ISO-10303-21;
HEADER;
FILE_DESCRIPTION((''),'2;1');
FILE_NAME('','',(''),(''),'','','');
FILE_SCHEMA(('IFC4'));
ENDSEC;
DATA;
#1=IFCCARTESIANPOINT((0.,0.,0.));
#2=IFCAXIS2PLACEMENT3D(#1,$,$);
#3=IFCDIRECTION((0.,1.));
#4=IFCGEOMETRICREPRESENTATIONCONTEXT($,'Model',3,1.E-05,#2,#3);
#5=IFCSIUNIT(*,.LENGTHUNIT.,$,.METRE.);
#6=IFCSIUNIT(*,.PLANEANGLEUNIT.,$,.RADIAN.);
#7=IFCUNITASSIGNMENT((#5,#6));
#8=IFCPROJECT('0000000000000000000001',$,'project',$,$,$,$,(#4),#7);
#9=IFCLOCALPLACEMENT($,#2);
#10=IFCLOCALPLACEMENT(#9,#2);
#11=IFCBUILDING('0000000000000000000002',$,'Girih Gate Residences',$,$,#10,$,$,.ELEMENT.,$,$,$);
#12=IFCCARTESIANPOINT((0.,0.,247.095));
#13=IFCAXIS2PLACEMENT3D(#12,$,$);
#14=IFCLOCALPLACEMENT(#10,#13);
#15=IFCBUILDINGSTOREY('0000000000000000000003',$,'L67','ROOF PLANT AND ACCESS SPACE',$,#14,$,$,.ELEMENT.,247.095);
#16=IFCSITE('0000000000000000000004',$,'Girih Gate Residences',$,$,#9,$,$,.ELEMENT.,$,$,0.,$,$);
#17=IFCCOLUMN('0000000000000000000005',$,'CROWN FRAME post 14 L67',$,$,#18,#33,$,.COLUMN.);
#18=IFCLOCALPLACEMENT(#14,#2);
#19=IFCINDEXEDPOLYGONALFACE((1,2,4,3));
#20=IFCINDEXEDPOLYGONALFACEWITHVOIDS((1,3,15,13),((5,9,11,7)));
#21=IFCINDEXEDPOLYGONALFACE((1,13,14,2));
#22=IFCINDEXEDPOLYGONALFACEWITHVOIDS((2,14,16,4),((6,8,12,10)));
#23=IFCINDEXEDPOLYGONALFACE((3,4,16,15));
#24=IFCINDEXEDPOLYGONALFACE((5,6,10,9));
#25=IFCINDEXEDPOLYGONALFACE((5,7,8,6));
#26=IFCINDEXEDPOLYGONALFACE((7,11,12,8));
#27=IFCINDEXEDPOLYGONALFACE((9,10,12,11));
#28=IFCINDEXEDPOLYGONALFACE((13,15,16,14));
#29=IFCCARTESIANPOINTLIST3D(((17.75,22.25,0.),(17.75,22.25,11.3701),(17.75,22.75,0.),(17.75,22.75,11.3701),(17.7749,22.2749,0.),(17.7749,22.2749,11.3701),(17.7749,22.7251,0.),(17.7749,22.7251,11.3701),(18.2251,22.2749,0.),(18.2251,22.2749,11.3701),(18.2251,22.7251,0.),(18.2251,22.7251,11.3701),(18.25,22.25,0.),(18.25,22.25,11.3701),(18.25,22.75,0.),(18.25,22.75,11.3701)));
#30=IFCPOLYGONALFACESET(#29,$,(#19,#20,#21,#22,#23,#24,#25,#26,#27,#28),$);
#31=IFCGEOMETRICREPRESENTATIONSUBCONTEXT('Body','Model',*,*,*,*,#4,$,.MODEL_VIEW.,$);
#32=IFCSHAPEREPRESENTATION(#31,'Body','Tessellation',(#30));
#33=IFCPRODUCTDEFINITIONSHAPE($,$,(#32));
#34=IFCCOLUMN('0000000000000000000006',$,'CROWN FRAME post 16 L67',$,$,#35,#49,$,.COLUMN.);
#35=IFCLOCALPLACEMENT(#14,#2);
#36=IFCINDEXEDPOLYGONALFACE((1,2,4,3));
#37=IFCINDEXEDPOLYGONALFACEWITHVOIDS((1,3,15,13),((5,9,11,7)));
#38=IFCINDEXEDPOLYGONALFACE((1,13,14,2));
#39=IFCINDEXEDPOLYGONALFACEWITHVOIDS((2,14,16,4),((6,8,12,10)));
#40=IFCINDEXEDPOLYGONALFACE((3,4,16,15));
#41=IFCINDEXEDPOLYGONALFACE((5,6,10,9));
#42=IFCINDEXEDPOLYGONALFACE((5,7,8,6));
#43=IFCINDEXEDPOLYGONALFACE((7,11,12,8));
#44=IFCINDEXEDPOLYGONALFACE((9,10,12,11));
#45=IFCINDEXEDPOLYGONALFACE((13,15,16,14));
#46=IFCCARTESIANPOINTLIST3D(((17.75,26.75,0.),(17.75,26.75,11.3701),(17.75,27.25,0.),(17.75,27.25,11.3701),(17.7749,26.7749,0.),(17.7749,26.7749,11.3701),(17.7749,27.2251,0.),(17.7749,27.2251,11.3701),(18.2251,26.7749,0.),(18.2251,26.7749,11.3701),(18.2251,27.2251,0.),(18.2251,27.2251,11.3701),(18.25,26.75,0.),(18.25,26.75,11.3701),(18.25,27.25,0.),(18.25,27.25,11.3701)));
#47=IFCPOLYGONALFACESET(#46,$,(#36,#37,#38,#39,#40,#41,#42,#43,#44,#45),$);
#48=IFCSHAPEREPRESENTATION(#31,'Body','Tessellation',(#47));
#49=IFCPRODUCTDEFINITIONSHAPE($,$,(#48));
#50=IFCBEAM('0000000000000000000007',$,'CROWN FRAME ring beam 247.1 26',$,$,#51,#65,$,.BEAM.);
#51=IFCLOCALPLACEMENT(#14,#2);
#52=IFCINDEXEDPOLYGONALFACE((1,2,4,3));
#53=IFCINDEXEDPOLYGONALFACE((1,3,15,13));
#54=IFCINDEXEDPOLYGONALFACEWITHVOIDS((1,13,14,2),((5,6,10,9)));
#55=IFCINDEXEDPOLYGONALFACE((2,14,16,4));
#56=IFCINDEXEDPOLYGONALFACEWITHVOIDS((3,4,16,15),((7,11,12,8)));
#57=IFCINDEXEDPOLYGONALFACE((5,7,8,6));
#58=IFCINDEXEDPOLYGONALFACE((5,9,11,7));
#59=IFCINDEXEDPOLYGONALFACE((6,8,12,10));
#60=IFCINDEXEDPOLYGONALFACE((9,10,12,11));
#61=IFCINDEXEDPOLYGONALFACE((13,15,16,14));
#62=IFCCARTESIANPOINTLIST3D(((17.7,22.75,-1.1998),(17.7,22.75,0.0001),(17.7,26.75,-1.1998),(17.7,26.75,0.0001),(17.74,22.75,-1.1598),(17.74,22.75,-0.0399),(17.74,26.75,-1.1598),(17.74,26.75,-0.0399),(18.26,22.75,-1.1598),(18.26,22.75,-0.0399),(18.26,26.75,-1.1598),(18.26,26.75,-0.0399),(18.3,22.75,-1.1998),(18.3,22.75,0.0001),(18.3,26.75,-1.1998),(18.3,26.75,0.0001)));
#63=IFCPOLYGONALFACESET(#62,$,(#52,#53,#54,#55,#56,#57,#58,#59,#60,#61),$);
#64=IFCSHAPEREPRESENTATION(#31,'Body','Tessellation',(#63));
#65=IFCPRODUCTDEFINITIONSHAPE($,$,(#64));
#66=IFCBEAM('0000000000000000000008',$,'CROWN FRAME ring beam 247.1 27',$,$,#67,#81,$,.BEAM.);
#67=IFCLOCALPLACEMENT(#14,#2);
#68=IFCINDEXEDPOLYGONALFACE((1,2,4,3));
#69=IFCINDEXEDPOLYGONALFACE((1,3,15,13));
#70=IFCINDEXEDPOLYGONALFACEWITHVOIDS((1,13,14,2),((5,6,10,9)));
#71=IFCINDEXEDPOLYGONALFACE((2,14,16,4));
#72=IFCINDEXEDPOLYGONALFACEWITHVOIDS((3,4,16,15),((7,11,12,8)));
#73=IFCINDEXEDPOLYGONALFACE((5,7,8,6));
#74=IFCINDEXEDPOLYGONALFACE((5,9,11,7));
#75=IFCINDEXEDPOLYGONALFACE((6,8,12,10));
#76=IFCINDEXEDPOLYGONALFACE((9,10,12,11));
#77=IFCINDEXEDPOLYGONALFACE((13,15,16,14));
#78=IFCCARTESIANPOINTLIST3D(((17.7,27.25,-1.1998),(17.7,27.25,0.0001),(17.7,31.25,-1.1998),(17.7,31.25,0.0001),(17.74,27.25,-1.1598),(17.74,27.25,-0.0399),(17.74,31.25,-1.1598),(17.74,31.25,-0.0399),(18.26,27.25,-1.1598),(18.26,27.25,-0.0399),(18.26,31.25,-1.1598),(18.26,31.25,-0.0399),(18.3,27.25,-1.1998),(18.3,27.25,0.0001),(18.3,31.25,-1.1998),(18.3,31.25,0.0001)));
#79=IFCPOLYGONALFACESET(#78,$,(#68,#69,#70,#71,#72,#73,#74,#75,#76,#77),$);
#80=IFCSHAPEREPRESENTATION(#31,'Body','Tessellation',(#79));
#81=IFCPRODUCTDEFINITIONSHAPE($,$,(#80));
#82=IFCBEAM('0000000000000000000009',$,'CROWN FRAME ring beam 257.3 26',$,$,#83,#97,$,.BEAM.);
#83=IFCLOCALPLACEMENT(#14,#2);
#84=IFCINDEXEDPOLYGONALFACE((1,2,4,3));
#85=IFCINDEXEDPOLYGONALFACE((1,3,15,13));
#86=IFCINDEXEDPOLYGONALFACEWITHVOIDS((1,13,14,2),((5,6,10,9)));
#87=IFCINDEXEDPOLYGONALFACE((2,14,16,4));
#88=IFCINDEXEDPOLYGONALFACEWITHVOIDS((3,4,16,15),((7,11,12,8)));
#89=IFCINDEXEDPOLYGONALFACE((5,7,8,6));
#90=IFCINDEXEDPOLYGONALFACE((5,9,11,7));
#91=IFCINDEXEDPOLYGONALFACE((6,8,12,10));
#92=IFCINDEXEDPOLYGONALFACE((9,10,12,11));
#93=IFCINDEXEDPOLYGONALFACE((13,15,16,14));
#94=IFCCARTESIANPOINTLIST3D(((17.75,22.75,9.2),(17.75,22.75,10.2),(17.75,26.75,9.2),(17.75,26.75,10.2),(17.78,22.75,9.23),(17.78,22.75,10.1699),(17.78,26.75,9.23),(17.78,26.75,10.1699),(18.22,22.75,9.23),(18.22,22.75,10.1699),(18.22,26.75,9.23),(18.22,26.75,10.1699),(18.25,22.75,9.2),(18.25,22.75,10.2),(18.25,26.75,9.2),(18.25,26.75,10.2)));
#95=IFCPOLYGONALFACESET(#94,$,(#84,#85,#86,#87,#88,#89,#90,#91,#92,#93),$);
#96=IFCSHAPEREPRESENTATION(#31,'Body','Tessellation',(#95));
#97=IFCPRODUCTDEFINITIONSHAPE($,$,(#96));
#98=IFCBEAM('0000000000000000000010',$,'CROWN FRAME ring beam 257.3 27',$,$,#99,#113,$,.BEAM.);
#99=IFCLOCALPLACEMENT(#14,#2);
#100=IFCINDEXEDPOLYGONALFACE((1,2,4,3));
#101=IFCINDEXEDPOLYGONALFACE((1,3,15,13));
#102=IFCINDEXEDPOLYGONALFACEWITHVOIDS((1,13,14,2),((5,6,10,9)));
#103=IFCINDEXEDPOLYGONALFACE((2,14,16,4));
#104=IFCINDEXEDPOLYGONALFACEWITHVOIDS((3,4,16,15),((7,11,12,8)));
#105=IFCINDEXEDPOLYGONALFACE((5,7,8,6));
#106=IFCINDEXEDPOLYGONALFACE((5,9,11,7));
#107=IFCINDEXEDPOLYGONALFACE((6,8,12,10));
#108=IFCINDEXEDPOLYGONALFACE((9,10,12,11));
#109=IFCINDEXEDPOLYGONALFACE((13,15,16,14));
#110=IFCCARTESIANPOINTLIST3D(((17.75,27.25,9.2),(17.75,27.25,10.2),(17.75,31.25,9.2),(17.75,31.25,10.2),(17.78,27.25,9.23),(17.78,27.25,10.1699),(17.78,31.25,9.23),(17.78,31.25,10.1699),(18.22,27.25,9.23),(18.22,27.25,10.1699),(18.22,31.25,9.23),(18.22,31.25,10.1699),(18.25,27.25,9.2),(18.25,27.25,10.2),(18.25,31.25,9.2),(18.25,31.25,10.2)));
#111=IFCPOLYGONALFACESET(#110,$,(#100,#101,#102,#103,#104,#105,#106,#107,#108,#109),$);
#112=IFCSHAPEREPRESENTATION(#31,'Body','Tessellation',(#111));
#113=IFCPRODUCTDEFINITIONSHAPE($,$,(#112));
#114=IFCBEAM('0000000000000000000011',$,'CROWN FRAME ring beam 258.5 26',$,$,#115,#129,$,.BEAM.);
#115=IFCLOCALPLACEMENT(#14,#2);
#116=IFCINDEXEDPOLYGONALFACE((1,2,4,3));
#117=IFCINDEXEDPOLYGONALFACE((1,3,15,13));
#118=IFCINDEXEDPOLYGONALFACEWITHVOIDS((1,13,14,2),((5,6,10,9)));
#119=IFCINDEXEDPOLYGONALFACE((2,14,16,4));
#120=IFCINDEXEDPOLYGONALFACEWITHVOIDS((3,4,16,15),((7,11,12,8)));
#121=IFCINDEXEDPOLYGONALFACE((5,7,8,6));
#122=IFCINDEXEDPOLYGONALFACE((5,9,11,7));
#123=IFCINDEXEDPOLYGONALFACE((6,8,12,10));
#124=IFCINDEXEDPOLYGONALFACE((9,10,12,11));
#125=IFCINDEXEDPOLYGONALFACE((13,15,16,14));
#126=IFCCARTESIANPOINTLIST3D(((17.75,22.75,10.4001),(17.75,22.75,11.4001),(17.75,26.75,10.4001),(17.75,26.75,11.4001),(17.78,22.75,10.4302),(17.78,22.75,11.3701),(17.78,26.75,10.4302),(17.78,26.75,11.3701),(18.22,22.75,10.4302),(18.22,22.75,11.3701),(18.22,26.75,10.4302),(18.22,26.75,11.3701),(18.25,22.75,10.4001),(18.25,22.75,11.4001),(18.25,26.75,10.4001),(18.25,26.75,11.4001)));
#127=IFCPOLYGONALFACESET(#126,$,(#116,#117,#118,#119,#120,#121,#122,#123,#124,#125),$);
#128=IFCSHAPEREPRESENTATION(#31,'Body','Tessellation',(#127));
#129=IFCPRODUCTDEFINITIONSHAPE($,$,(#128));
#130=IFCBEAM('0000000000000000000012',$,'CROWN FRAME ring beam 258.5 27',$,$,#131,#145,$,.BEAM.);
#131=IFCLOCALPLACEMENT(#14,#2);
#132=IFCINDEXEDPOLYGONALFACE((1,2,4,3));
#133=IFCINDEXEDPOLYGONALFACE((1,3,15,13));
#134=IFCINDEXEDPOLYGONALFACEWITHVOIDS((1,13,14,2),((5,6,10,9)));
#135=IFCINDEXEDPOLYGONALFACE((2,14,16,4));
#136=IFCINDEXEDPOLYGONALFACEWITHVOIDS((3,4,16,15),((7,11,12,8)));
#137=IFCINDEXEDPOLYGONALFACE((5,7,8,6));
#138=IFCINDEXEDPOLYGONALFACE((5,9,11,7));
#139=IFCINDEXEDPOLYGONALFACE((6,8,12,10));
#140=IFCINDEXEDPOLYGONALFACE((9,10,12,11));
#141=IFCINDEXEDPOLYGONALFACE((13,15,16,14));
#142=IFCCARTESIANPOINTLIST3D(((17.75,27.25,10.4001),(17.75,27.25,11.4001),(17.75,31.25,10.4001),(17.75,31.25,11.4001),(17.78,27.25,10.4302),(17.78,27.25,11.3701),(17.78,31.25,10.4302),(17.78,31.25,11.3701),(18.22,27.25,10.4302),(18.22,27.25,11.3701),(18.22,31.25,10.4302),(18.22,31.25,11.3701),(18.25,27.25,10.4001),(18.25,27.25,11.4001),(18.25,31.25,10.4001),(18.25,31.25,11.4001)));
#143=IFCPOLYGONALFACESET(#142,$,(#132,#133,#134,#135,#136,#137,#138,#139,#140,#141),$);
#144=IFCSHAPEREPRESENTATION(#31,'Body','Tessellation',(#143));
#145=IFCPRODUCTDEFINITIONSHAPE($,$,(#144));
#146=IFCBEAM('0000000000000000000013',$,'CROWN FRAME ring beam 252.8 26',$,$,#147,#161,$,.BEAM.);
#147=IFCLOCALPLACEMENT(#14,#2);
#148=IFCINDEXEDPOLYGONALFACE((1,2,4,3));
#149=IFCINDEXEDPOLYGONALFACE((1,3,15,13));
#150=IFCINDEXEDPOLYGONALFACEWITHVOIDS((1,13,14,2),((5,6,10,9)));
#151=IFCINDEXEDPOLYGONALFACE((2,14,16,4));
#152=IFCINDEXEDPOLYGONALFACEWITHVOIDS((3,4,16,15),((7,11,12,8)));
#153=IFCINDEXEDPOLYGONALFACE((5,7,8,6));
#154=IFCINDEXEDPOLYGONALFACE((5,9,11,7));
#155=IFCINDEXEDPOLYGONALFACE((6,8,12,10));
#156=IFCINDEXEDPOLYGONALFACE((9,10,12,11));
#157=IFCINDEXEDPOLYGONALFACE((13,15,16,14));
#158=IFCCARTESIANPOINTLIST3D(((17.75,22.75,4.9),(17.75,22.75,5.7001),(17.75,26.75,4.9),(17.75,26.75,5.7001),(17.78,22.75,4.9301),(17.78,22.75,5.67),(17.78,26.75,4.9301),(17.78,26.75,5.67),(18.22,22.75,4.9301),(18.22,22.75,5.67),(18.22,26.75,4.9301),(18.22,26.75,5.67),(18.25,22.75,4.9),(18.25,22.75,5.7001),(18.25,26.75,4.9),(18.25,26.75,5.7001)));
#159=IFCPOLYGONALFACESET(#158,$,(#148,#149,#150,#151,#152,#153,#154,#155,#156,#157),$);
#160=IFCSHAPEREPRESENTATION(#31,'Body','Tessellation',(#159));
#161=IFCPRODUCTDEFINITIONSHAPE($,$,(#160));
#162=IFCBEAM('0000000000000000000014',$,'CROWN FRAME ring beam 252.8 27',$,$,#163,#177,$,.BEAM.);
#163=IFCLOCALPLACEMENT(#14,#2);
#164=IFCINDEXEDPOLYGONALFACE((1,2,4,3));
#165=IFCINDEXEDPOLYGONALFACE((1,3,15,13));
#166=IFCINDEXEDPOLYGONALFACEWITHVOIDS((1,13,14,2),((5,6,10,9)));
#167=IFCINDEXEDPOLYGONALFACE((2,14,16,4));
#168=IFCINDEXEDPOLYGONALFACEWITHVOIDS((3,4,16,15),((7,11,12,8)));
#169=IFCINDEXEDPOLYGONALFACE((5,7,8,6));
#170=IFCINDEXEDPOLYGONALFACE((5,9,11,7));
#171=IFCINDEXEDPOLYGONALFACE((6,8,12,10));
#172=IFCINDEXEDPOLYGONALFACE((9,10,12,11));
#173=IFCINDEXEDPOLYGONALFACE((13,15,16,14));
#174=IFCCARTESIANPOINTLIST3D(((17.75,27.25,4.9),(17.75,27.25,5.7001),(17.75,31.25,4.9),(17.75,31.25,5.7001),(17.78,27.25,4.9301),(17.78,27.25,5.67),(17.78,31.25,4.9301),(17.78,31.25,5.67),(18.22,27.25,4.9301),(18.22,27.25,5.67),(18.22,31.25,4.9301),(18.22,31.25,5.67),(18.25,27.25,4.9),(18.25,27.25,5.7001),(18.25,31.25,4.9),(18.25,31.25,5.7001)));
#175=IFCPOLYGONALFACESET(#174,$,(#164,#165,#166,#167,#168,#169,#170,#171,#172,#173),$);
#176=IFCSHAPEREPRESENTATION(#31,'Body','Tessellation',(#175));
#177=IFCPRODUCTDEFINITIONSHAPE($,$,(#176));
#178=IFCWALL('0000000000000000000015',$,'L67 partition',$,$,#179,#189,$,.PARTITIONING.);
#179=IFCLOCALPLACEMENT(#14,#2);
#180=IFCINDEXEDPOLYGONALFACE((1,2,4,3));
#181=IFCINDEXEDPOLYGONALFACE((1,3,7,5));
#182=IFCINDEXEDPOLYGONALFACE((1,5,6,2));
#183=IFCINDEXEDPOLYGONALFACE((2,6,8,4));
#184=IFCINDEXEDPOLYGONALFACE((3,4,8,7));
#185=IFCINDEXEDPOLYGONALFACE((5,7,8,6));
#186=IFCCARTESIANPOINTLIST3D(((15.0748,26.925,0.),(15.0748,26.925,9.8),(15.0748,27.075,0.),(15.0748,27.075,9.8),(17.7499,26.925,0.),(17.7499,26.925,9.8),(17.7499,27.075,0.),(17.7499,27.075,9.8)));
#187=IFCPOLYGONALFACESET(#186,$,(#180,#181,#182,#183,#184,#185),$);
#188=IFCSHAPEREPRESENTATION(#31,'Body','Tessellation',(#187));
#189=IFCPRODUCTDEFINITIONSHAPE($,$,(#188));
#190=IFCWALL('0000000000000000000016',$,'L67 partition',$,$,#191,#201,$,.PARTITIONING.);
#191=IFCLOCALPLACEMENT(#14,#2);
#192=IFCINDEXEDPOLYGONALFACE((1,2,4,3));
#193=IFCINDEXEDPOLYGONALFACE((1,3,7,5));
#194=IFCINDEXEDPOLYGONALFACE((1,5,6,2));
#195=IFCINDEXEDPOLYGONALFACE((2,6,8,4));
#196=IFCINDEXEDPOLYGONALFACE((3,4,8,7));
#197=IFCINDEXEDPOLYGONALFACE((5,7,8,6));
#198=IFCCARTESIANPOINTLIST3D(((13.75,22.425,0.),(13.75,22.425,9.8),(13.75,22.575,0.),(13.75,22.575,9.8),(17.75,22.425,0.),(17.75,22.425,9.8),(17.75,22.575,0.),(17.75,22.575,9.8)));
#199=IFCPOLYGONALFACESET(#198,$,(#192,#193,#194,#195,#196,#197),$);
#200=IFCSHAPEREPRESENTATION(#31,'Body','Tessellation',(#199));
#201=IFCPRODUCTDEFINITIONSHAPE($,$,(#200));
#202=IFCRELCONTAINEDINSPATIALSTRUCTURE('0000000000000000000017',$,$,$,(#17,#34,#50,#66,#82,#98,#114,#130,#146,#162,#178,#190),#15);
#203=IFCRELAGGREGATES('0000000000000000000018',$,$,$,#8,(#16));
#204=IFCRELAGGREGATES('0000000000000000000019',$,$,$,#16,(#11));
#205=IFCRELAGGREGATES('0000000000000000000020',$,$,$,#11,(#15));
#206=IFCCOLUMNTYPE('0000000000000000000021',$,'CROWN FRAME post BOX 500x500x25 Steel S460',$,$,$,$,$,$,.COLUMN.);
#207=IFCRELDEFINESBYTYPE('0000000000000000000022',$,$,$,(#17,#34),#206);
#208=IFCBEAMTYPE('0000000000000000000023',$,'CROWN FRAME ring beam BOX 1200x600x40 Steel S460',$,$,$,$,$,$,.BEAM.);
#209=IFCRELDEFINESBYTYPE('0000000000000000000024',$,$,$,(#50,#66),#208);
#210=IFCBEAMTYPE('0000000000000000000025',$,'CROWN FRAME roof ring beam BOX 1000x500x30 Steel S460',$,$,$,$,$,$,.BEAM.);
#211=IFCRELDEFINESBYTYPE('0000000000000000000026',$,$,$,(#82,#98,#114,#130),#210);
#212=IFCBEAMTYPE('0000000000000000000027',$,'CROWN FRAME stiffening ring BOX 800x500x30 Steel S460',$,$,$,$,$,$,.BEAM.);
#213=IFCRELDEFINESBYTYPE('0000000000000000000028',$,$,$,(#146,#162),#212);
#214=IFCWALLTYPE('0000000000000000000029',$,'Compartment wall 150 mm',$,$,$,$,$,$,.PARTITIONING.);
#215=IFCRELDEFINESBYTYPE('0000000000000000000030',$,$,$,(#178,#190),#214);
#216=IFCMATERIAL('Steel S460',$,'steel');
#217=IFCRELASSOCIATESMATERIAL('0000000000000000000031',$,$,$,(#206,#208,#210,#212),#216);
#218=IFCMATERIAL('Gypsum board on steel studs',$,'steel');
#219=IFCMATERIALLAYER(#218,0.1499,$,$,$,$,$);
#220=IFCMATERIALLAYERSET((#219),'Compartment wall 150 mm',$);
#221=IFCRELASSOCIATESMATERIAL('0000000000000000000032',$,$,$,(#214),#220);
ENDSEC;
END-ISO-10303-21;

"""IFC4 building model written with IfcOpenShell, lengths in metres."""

from ifc_helpers import new_model, si_unit, direction, frame, frame_2d, origin, origin_2d, place, context, subcontext, project, spatial, rectangle, hollow_rectangle, extrude, material, layer, layer_set, material_profile, profile_set, type_object, element, save


model = new_model("IFC4")

# Units and contexts
model_context = context("Model", 3, precision=1e-05, world=origin(), true_north=direction((0.0, 1.0)))
body_context = subcontext(model_context, "Body", "Model", "MODEL_VIEW")
ifc_project = project(units=[si_unit("LENGTHUNIT", "METRE"), si_unit("PLANEANGLEUNIT", "RADIAN")], contexts=[model_context])

# Site, building, storey
site_placement = place(None, origin())
site = spatial("IfcSite", under=ifc_project, at=site_placement, Name="Girih Gate Residences", CompositionType="ELEMENT", RefElevation=0.0)
building_placement = place(site_placement, origin())
building = spatial("IfcBuilding", under=site, at=building_placement, Name="Girih Gate Residences", CompositionType="ELEMENT")
storey_placement = place(building_placement, frame((0.0, 0.0, 247.095)))
storey = spatial("IfcBuildingStorey", under=building, at=storey_placement, Name="L67", Description="ROOF PLANT AND ACCESS SPACE", CompositionType="ELEMENT", Elevation=247.095)

# Columns
ifc_material_1 = material(Name="Steel S460", Category="steel")
ifc_material_profile_1 = material_profile(ifc_material_1, hollow_rectangle(XDim=0.5, YDim=0.5, WallThickness=0.0249, at=origin_2d()))
ifc_profile_set_1 = profile_set([ifc_material_profile_1], Name="Steel S460")
column_type = type_object("IfcColumnType", Name="CROWN FRAME post BOX 500x500x25 Steel S460", PredefinedType="COLUMN", material=ifc_profile_set_1)
for number, where, z_axis, x_axis, name in (
    (1, (18.0, 22.5, 0.0), (0.0, 0.0, 1.0), (1.0, 0.0, 0.0), "CROWN FRAME post 14 L67"),
    (2, (18.0, 27.0, 0.0), (0.0, 0.0, 1.0), (1.0, 0.0, 0.0), "CROWN FRAME post 16 L67"),
):
    element("IfcColumn", number, at=place(storey_placement, frame(where, z_axis=z_axis, x_axis=x_axis)), inside=storey, type_object=column_type, Name=name, PredefinedType="COLUMN", context=body_context, shape_type="SweptSolid", body=[
        extrude(hollow_rectangle(XDim=0.5, YDim=0.5, WallThickness=0.0249, at=origin_2d()), origin(), (0.0, 0.0, 1.0), 11.3701),
    ])

# Beams
ifc_material_profile_2 = material_profile(ifc_material_1, hollow_rectangle(XDim=0.6001, YDim=1.2, WallThickness=0.04, at=origin_2d()))
ifc_profile_set_2 = profile_set([ifc_material_profile_2], Name="Steel S460")
beam_type_1 = type_object("IfcBeamType", Name="CROWN FRAME ring beam BOX 1200x600x40 Steel S460", PredefinedType="BEAM", material=ifc_profile_set_2)
for number, where, z_axis, x_axis, name in (
    (3, (18.0, 22.75, -0.5999), (0.0, 1.0, 0.0), (-1.0, 0.0, 0.0), "CROWN FRAME ring beam 247.1 26"),
    (4, (18.0, 27.25, -0.5999), (0.0, 1.0, 0.0), (-1.0, 0.0, 0.0), "CROWN FRAME ring beam 247.1 27"),
):
    element("IfcBeam", number, at=place(storey_placement, frame(where, z_axis=z_axis, x_axis=x_axis)), inside=storey, type_object=beam_type_1, Name=name, PredefinedType="BEAM", context=body_context, shape_type="SweptSolid", body=[
        extrude(hollow_rectangle(XDim=0.6001, YDim=1.2, WallThickness=0.04, at=origin_2d()), origin(), (0.0, 0.0, 1.0), 4.0),
    ])
ifc_material_profile_3 = material_profile(ifc_material_1, hollow_rectangle(XDim=0.5, YDim=1.0, WallThickness=0.03, at=origin_2d()))
ifc_profile_set_3 = profile_set([ifc_material_profile_3], Name="Steel S460")
beam_type_2 = type_object("IfcBeamType", Name="CROWN FRAME roof ring beam BOX 1000x500x30 Steel S460", PredefinedType="BEAM", material=ifc_profile_set_3)
for number, where, z_axis, x_axis, name in (
    (5, (18.0, 22.75, 9.7), (0.0, 1.0, 0.0), (-1.0, 0.0, 0.0), "CROWN FRAME ring beam 257.3 26"),
    (6, (18.0, 27.25, 9.7), (0.0, 1.0, 0.0), (-1.0, 0.0, 0.0), "CROWN FRAME ring beam 257.3 27"),
    (7, (18.0, 22.75, 10.9001), (0.0, 1.0, 0.0), (-1.0, 0.0, 0.0), "CROWN FRAME ring beam 258.5 26"),
    (8, (18.0, 27.25, 10.9001), (0.0, 1.0, 0.0), (-1.0, 0.0, 0.0), "CROWN FRAME ring beam 258.5 27"),
):
    element("IfcBeam", number, at=place(storey_placement, frame(where, z_axis=z_axis, x_axis=x_axis)), inside=storey, type_object=beam_type_2, Name=name, PredefinedType="BEAM", context=body_context, shape_type="SweptSolid", body=[
        extrude(hollow_rectangle(XDim=0.5, YDim=1.0, WallThickness=0.03, at=origin_2d()), origin(), (0.0, 0.0, 1.0), 4.0),
    ])
ifc_material_profile_4 = material_profile(ifc_material_1, hollow_rectangle(XDim=0.5, YDim=0.8, WallThickness=0.03, at=origin_2d()))
ifc_profile_set_4 = profile_set([ifc_material_profile_4], Name="Steel S460")
beam_type_3 = type_object("IfcBeamType", Name="CROWN FRAME stiffening ring BOX 800x500x30 Steel S460", PredefinedType="BEAM", material=ifc_profile_set_4)
for number, where, z_axis, x_axis, name in (
    (9, (18.0, 22.75, 5.3), (0.0, 1.0, 0.0), (-1.0, 0.0, 0.0), "CROWN FRAME ring beam 252.8 26"),
    (10, (18.0, 27.25, 5.3), (0.0, 1.0, 0.0), (-1.0, 0.0, 0.0), "CROWN FRAME ring beam 252.8 27"),
):
    element("IfcBeam", number, at=place(storey_placement, frame(where, z_axis=z_axis, x_axis=x_axis)), inside=storey, type_object=beam_type_3, Name=name, PredefinedType="BEAM", context=body_context, shape_type="SweptSolid", body=[
        extrude(hollow_rectangle(XDim=0.5, YDim=0.8, WallThickness=0.03, at=origin_2d()), origin(), (0.0, 0.0, 1.0), 4.0),
    ])

# Walls
ifc_material_2 = material(Name="Gypsum board on steel studs", Category="steel")
ifc_layer_1 = layer(ifc_material_2, 0.1499)
ifc_layer_set_1 = layer_set([ifc_layer_1], Name="Compartment wall 150 mm")
wall_type_1 = type_object("IfcWallType", Name="Compartment wall 150 mm", PredefinedType="PARTITIONING", material=ifc_layer_set_1)
wall_1_placement = place(storey_placement, frame((15.075, 27.0, 0.0), z_axis=(0.0, 0.0, 1.0), x_axis=(1.0, 0.0, 0.0)))
element("IfcWall", 11, at=wall_1_placement, inside=storey, type_object=wall_type_1, Name="L67 partition", PredefinedType="PARTITIONING", context=body_context, shape_type="SweptSolid", body=[
    extrude(rectangle(XDim=2.675, YDim=0.1499, at=frame_2d((1.3374, 0.0))), origin(), (0.0, 0.0, 1.0), 9.8),
])
wall_2_placement = place(storey_placement, frame((13.75, 22.5, 0.0), z_axis=(0.0, 0.0, 1.0), x_axis=(1.0, 0.0, 0.0)))
element("IfcWall", 12, at=wall_2_placement, inside=storey, type_object=wall_type_1, Name="L67 partition", PredefinedType="PARTITIONING", context=body_context, shape_type="SweptSolid", body=[
    extrude(rectangle(XDim=4.0, YDim=0.1499, at=frame_2d((2.0, 0.0))), origin(), (0.0, 0.0, 1.0), 9.8),
])

save(model, "model.ifc")
